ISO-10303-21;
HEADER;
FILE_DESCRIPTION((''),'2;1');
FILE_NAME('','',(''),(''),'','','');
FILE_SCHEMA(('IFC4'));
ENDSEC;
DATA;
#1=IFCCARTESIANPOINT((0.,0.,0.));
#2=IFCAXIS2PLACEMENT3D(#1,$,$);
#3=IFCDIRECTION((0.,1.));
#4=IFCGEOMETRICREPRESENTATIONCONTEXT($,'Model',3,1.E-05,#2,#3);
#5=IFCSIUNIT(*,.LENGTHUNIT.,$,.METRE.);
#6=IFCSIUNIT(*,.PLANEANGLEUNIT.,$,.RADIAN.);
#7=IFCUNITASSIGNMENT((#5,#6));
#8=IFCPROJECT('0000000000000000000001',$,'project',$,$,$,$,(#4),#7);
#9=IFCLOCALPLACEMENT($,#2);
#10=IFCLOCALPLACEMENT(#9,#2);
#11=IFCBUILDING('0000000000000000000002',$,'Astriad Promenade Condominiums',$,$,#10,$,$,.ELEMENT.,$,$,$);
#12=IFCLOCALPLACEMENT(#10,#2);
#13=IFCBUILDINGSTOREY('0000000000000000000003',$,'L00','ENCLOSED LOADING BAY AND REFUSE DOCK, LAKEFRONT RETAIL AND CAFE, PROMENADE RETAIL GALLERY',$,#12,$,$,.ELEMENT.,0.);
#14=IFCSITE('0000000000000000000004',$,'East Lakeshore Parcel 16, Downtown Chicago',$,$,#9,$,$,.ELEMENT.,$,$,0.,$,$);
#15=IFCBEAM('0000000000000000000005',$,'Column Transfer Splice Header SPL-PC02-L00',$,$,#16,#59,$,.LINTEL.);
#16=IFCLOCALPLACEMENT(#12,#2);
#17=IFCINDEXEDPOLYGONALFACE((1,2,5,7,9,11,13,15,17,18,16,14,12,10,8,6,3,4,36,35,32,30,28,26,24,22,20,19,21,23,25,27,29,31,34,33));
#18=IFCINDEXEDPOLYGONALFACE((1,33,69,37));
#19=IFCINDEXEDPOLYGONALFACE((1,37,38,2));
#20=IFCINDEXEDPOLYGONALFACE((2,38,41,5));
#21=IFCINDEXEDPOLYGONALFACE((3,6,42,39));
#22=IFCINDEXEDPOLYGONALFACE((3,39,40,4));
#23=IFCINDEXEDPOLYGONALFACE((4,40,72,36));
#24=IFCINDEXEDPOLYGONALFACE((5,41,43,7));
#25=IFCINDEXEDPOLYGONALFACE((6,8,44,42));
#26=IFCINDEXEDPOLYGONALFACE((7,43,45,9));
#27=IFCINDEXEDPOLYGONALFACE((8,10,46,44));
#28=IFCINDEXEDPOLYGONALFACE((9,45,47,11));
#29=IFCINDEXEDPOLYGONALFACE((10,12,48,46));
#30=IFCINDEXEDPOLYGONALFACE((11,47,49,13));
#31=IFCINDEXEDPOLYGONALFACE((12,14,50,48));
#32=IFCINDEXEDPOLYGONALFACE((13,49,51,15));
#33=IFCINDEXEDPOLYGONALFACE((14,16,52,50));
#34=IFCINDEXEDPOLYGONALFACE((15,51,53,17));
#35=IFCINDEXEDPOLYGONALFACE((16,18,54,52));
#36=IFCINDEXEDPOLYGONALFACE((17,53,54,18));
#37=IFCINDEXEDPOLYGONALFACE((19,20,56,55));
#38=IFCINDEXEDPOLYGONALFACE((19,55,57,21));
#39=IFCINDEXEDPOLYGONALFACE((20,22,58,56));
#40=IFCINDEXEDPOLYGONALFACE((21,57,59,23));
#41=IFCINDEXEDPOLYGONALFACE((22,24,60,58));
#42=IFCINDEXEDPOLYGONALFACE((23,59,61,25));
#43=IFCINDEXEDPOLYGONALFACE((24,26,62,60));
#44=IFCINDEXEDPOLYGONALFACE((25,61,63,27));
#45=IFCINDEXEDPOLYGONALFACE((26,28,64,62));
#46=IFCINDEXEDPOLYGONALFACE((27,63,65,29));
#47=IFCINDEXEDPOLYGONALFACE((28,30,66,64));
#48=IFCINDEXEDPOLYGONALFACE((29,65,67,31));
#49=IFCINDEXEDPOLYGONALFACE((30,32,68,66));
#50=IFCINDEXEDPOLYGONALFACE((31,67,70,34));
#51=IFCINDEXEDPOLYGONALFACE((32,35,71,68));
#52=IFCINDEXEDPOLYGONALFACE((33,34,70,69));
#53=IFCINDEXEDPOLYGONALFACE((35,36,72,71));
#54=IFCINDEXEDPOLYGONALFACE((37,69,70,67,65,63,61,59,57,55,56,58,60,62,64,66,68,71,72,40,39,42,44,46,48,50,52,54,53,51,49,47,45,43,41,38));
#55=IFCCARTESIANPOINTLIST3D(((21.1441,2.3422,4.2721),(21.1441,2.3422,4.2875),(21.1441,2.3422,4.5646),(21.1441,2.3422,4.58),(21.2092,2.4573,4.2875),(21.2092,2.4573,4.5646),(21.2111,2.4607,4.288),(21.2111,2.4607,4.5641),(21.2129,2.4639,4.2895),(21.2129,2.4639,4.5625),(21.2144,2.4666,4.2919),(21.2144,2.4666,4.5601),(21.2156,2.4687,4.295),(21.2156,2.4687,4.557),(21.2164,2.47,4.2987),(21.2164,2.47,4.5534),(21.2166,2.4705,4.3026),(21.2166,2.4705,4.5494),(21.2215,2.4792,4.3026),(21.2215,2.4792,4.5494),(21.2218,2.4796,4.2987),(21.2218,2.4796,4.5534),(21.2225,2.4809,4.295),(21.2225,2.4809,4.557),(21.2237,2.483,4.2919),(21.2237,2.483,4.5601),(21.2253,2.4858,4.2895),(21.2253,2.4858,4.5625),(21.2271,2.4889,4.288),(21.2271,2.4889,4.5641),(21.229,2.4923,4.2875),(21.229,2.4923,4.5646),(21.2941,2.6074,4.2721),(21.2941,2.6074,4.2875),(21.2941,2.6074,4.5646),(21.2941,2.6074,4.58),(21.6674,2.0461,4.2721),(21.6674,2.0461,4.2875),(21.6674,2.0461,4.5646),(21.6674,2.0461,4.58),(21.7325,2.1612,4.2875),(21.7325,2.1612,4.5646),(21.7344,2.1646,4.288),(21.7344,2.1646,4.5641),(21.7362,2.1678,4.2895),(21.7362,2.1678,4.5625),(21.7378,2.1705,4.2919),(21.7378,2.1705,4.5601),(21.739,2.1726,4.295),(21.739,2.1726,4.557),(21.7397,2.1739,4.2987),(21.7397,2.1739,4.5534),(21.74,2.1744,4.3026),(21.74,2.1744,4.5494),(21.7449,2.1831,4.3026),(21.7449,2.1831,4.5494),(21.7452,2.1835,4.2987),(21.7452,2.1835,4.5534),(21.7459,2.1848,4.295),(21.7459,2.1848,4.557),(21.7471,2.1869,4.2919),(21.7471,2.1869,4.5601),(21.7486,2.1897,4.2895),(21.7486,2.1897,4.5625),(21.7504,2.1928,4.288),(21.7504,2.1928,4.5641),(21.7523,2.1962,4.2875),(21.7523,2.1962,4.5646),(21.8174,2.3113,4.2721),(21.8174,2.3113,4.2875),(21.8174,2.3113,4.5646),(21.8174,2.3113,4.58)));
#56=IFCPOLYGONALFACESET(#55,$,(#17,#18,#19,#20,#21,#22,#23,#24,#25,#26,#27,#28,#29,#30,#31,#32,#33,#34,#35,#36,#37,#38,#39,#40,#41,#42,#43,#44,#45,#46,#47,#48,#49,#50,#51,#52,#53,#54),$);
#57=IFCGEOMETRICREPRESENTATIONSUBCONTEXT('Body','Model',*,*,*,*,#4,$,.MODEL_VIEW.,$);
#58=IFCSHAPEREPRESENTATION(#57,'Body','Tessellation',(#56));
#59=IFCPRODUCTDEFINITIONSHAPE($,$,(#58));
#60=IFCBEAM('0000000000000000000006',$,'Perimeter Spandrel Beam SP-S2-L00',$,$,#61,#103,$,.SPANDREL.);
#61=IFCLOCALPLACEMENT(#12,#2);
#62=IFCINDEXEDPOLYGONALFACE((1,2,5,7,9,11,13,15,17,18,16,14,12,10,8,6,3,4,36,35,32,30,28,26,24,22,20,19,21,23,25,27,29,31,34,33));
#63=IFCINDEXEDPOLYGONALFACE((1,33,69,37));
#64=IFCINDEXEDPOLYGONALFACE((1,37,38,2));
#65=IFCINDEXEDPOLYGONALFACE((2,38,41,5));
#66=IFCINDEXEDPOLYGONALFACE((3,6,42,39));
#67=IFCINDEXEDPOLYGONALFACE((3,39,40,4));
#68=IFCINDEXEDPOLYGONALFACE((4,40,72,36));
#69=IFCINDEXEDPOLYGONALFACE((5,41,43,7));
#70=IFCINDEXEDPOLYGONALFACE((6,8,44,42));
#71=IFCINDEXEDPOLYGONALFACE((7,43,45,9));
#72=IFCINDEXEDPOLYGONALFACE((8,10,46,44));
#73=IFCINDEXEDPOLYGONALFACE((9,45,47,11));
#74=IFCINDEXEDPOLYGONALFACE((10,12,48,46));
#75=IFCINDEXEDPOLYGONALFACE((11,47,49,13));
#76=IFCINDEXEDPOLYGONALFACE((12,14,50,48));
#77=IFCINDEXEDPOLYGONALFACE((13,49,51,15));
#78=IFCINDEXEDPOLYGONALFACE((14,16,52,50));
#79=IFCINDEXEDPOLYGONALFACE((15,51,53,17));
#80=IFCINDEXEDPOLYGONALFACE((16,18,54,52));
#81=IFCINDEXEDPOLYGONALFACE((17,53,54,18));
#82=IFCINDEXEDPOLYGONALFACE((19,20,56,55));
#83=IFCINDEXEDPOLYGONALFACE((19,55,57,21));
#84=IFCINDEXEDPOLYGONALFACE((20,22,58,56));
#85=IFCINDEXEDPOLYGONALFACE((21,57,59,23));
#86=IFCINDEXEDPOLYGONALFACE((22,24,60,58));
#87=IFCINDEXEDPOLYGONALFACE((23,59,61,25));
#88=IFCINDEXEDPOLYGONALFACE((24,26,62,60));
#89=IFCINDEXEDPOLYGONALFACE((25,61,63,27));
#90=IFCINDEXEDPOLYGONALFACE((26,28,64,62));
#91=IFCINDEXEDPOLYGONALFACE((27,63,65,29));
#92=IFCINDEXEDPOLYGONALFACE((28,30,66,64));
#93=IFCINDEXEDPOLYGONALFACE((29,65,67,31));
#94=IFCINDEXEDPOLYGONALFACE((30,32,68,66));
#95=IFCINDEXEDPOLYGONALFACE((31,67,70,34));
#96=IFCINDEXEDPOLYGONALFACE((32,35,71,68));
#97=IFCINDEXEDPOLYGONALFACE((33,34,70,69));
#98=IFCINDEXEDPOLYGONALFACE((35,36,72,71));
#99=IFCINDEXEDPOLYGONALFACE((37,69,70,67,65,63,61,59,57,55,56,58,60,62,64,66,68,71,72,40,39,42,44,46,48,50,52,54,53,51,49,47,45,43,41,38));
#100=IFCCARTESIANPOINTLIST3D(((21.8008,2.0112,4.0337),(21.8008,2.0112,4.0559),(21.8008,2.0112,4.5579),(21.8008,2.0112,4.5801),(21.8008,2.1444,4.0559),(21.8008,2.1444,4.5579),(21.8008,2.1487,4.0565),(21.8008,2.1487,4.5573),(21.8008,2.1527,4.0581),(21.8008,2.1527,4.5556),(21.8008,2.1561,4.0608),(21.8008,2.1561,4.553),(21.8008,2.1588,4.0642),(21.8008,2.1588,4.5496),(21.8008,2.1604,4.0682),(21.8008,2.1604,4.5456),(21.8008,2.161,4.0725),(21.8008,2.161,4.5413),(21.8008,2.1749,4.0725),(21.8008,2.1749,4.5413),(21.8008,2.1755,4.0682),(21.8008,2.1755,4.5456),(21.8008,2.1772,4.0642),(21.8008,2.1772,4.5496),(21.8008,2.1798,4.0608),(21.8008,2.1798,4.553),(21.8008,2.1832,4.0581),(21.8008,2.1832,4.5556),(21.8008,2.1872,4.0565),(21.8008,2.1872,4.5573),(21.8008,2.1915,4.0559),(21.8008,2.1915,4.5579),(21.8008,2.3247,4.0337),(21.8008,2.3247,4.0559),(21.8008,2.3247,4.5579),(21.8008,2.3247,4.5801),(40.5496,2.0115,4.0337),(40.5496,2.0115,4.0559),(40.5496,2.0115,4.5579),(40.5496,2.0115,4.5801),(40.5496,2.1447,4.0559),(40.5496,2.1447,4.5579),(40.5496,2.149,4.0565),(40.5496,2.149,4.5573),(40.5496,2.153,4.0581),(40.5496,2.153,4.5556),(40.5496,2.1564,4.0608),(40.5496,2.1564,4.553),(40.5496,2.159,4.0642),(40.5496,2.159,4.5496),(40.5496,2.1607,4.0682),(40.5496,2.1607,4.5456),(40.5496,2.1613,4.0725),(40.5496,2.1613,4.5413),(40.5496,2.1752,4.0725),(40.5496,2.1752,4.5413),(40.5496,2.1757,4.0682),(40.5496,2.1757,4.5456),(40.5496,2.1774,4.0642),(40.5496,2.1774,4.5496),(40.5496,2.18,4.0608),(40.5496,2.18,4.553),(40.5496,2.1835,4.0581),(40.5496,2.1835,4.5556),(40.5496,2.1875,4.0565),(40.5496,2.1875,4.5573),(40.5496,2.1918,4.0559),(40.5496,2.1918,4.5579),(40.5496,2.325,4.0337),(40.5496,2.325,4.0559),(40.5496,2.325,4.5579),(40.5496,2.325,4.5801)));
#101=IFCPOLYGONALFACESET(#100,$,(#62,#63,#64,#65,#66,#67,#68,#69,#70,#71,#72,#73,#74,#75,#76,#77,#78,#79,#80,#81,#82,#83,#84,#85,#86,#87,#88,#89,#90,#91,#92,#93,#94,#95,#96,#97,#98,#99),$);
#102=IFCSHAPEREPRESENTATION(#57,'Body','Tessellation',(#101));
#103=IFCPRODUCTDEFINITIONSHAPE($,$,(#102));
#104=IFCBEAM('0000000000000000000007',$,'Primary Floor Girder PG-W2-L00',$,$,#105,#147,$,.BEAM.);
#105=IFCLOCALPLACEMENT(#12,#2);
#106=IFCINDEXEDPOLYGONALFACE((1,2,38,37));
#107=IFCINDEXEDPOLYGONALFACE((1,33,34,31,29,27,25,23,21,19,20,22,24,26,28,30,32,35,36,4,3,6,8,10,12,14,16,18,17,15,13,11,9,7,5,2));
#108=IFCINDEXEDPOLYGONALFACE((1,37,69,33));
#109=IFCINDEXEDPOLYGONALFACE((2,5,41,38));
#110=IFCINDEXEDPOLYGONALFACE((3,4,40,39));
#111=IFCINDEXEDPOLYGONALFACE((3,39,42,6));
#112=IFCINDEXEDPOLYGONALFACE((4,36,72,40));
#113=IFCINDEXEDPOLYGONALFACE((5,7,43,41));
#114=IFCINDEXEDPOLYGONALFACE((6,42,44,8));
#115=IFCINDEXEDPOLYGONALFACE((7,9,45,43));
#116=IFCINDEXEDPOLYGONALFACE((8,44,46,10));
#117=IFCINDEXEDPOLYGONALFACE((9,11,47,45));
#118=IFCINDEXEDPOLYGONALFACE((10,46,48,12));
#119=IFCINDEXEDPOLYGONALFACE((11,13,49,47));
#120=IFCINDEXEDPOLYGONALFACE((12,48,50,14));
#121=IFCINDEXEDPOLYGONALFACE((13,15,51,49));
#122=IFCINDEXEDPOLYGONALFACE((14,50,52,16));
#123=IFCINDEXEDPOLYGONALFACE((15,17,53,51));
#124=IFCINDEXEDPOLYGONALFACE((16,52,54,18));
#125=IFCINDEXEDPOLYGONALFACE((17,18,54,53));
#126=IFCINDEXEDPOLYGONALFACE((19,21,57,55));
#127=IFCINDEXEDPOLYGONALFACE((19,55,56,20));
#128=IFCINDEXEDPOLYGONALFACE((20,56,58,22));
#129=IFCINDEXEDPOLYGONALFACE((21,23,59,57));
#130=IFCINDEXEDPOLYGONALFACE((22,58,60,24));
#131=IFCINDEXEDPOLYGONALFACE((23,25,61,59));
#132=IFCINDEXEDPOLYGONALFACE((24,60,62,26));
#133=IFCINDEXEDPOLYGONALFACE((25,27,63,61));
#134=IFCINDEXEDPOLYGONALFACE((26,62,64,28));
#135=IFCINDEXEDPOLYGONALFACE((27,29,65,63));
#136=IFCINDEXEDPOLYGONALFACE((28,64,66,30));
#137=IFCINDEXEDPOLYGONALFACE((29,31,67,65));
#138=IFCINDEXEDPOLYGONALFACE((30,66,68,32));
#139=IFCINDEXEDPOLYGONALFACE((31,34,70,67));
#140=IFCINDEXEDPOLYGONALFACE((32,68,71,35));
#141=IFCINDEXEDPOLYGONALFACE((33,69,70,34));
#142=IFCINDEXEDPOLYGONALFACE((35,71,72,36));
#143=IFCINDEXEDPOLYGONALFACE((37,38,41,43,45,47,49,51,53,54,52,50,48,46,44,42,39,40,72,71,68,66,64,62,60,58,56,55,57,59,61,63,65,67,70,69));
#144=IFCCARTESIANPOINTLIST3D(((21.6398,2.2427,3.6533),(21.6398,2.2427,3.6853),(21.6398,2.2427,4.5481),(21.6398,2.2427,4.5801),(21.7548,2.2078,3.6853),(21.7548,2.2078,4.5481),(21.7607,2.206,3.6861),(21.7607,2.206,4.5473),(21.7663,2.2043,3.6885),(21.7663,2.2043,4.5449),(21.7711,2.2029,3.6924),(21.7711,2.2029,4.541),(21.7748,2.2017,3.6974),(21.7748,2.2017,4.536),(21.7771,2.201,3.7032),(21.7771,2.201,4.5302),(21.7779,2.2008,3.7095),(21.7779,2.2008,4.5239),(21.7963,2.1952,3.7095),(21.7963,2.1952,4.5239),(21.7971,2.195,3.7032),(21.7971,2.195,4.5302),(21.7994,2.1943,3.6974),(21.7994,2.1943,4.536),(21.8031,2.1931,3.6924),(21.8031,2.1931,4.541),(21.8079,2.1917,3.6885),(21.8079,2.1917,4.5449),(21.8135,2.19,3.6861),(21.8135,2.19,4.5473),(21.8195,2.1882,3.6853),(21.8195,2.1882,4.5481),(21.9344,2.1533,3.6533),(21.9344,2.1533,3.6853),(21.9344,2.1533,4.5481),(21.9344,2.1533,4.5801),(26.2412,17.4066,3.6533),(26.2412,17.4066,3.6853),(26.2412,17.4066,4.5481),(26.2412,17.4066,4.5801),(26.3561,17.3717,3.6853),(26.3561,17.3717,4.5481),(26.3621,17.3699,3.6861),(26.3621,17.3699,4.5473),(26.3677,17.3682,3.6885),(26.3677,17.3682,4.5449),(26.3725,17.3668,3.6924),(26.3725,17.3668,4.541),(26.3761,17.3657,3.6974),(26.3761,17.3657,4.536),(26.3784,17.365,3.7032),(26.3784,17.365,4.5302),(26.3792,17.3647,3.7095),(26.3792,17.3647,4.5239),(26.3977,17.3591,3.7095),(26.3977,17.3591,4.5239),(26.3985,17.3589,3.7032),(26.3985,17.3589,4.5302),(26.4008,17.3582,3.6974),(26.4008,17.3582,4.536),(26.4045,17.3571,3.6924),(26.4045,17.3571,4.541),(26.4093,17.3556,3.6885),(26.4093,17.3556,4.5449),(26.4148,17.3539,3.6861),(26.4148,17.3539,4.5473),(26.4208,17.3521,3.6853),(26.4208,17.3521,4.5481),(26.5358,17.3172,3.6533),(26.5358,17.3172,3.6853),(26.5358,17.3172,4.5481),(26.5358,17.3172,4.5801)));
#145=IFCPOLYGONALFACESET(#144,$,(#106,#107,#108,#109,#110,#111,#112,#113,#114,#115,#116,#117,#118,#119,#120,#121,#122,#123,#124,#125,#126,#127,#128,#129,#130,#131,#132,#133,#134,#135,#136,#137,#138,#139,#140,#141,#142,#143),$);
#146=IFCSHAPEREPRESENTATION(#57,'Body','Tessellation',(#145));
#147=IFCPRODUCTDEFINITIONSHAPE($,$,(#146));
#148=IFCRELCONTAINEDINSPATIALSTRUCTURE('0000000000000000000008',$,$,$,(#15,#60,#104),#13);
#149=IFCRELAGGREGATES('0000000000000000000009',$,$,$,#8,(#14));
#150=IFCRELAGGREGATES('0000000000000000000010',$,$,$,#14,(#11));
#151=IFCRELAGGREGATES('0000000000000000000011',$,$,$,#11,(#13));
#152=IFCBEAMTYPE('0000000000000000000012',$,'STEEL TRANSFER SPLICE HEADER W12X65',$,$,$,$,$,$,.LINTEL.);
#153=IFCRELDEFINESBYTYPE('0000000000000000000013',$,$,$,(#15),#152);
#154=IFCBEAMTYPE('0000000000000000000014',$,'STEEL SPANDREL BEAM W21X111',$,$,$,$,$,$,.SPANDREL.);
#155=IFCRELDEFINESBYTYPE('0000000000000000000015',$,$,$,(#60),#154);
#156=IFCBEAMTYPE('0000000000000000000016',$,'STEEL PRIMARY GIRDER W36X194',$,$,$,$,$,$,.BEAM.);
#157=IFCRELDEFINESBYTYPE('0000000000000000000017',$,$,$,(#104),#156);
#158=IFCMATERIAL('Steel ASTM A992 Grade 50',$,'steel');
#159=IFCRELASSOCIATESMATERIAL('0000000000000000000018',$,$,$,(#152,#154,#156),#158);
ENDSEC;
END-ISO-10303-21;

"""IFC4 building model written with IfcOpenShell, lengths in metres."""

from ifc_helpers import new_model, si_unit, direction, frame, origin, origin_2d, place, context, subcontext, project, spatial, i_section, extrude, source, transform, mapped, material, material_profile, profile_set, type_object, type_shapes, element, save


model = new_model("IFC4")

# Units and contexts
model_context = context("Model", 3, precision=1e-05, world=origin(), true_north=direction((0.0, 1.0)))
body_context = subcontext(model_context, "Body", "Model", "MODEL_VIEW")
ifc_project = project(units=[si_unit("LENGTHUNIT", "METRE"), si_unit("PLANEANGLEUNIT", "RADIAN")], contexts=[model_context])

# Site, building, storey
site_placement = place(None, origin())
site = spatial("IfcSite", under=ifc_project, at=site_placement, Name="East Lakeshore Parcel 16, Downtown Chicago", CompositionType="ELEMENT", RefElevation=0.0)
building_placement = place(site_placement, origin())
building = spatial("IfcBuilding", under=site, at=building_placement, Name="Astriad Promenade Condominiums", CompositionType="ELEMENT")
storey_placement = place(building_placement, origin())
storey = spatial("IfcBuildingStorey", under=building, at=storey_placement, Name="L00", Description="ENCLOSED LOADING BAY AND REFUSE DOCK, LAKEFRONT RETAIL AND CAFE, PROMENADE RETAIL GALLERY", CompositionType="ELEMENT", Elevation=0.0)

# Beams
ifc_material_1 = material(Name="Steel ASTM A992 Grade 50", Category="steel")
ifc_material_profile_1 = material_profile(ifc_material_1, i_section(OverallWidth=0.3047, OverallDepth=0.3079, WebThickness=0.01, FlangeThickness=0.0154, FilletRadius=0.0151, at=origin_2d()), Name="W12X65")
ifc_profile_set_1 = profile_set([ifc_material_profile_1], Name="Steel ASTM A992 Grade 50")
beam_type_1 = type_object("IfcBeamType", Name="STEEL TRANSFER SPLICE HEADER W12X65", PredefinedType="LINTEL", material=ifc_profile_set_1)
shared_shape_1 = source(origin(), body_context, "Body", "SweptSolid", [
    extrude(i_section(OverallWidth=0.3047, OverallDepth=0.3079, WebThickness=0.01, FlangeThickness=0.0154, FilletRadius=0.0151, at=origin_2d()), origin(), (0.0, 0.0, 1.0), 0.6013),
])
type_shapes(beam_type_1, [shared_shape_1])
beam_1_placement = place(storey_placement, frame((21.7424, 2.1787, 4.426), z_axis=(-0.870359, 0.492418, 0.0), x_axis=(-0.492418, -0.870359, 0.0)))
element("IfcBeam", 1, at=beam_1_placement, inside=storey, type_object=beam_type_1, Name="Column Transfer Splice Header SPL-PC02-L00", PredefinedType="LINTEL", context=body_context, shape_type="MappedRepresentation", body=[
    mapped(shared_shape_1, transform((0.0, 0.0, 0.0), scale=1.0)),
])
ifc_material_profile_2 = material_profile(ifc_material_1, i_section(OverallWidth=0.3135, OverallDepth=0.5464, WebThickness=0.0139, FlangeThickness=0.0222, FilletRadius=0.0166, at=origin_2d()), Name="W21X111")
ifc_profile_set_2 = profile_set([ifc_material_profile_2], Name="Steel ASTM A992 Grade 50")
beam_type_2 = type_object("IfcBeamType", Name="STEEL SPANDREL BEAM W21X111", PredefinedType="SPANDREL", material=ifc_profile_set_2)
shared_shape_2 = source(origin(), body_context, "Body", "SweptSolid", [
    extrude(i_section(OverallWidth=0.3135, OverallDepth=0.5464, WebThickness=0.0139, FlangeThickness=0.0222, FilletRadius=0.0166, at=origin_2d()), origin(), (0.0, 0.0, 1.0), 18.7488),
])
type_shapes(beam_type_2, [shared_shape_2])
beam_2_placement = place(storey_placement, frame((21.8008, 2.168, 4.3069), z_axis=(1.0, 0.000013, 0.0), x_axis=(-0.000013, 1.0, 0.0)))
element("IfcBeam", 2, at=beam_2_placement, inside=storey, type_object=beam_type_2, Name="Perimeter Spandrel Beam SP-S2-L00", PredefinedType="SPANDREL", context=body_context, shape_type="MappedRepresentation", body=[
    mapped(shared_shape_2, transform((0.0, 0.0, 0.0), scale=1.0)),
])
ifc_material_profile_3 = material_profile(ifc_material_1, i_section(OverallWidth=0.3079, OverallDepth=0.9268, WebThickness=0.0193, FlangeThickness=0.032, FilletRadius=0.0242, at=origin_2d()), Name="W36X194")
ifc_profile_set_3 = profile_set([ifc_material_profile_3], Name="Steel ASTM A992 Grade 50")
beam_type_3 = type_object("IfcBeamType", Name="STEEL PRIMARY GIRDER W36X194", PredefinedType="BEAM", material=ifc_profile_set_3)
shared_shape_3 = source(origin(), body_context, "Body", "SweptSolid", [
    extrude(i_section(OverallWidth=0.3079, OverallDepth=0.9268, WebThickness=0.0193, FlangeThickness=0.032, FilletRadius=0.0242, at=origin_2d()), origin(), (0.0, 0.0, 1.0), 15.8467),
])
type_shapes(beam_type_3, [shared_shape_3])
beam_3_placement = place(storey_placement, frame((21.7871, 2.198, 4.1167), z_axis=(0.290367, 0.956915, 0.0), x_axis=(-0.956915, 0.290367, 0.0)))
element("IfcBeam", 3, at=beam_3_placement, inside=storey, type_object=beam_type_3, Name="Primary Floor Girder PG-W2-L00", PredefinedType="BEAM", context=body_context, shape_type="MappedRepresentation", body=[
    mapped(shared_shape_3, transform((0.0, 0.0, 0.0), scale=1.0)),
])

save(model, "model.ifc")
